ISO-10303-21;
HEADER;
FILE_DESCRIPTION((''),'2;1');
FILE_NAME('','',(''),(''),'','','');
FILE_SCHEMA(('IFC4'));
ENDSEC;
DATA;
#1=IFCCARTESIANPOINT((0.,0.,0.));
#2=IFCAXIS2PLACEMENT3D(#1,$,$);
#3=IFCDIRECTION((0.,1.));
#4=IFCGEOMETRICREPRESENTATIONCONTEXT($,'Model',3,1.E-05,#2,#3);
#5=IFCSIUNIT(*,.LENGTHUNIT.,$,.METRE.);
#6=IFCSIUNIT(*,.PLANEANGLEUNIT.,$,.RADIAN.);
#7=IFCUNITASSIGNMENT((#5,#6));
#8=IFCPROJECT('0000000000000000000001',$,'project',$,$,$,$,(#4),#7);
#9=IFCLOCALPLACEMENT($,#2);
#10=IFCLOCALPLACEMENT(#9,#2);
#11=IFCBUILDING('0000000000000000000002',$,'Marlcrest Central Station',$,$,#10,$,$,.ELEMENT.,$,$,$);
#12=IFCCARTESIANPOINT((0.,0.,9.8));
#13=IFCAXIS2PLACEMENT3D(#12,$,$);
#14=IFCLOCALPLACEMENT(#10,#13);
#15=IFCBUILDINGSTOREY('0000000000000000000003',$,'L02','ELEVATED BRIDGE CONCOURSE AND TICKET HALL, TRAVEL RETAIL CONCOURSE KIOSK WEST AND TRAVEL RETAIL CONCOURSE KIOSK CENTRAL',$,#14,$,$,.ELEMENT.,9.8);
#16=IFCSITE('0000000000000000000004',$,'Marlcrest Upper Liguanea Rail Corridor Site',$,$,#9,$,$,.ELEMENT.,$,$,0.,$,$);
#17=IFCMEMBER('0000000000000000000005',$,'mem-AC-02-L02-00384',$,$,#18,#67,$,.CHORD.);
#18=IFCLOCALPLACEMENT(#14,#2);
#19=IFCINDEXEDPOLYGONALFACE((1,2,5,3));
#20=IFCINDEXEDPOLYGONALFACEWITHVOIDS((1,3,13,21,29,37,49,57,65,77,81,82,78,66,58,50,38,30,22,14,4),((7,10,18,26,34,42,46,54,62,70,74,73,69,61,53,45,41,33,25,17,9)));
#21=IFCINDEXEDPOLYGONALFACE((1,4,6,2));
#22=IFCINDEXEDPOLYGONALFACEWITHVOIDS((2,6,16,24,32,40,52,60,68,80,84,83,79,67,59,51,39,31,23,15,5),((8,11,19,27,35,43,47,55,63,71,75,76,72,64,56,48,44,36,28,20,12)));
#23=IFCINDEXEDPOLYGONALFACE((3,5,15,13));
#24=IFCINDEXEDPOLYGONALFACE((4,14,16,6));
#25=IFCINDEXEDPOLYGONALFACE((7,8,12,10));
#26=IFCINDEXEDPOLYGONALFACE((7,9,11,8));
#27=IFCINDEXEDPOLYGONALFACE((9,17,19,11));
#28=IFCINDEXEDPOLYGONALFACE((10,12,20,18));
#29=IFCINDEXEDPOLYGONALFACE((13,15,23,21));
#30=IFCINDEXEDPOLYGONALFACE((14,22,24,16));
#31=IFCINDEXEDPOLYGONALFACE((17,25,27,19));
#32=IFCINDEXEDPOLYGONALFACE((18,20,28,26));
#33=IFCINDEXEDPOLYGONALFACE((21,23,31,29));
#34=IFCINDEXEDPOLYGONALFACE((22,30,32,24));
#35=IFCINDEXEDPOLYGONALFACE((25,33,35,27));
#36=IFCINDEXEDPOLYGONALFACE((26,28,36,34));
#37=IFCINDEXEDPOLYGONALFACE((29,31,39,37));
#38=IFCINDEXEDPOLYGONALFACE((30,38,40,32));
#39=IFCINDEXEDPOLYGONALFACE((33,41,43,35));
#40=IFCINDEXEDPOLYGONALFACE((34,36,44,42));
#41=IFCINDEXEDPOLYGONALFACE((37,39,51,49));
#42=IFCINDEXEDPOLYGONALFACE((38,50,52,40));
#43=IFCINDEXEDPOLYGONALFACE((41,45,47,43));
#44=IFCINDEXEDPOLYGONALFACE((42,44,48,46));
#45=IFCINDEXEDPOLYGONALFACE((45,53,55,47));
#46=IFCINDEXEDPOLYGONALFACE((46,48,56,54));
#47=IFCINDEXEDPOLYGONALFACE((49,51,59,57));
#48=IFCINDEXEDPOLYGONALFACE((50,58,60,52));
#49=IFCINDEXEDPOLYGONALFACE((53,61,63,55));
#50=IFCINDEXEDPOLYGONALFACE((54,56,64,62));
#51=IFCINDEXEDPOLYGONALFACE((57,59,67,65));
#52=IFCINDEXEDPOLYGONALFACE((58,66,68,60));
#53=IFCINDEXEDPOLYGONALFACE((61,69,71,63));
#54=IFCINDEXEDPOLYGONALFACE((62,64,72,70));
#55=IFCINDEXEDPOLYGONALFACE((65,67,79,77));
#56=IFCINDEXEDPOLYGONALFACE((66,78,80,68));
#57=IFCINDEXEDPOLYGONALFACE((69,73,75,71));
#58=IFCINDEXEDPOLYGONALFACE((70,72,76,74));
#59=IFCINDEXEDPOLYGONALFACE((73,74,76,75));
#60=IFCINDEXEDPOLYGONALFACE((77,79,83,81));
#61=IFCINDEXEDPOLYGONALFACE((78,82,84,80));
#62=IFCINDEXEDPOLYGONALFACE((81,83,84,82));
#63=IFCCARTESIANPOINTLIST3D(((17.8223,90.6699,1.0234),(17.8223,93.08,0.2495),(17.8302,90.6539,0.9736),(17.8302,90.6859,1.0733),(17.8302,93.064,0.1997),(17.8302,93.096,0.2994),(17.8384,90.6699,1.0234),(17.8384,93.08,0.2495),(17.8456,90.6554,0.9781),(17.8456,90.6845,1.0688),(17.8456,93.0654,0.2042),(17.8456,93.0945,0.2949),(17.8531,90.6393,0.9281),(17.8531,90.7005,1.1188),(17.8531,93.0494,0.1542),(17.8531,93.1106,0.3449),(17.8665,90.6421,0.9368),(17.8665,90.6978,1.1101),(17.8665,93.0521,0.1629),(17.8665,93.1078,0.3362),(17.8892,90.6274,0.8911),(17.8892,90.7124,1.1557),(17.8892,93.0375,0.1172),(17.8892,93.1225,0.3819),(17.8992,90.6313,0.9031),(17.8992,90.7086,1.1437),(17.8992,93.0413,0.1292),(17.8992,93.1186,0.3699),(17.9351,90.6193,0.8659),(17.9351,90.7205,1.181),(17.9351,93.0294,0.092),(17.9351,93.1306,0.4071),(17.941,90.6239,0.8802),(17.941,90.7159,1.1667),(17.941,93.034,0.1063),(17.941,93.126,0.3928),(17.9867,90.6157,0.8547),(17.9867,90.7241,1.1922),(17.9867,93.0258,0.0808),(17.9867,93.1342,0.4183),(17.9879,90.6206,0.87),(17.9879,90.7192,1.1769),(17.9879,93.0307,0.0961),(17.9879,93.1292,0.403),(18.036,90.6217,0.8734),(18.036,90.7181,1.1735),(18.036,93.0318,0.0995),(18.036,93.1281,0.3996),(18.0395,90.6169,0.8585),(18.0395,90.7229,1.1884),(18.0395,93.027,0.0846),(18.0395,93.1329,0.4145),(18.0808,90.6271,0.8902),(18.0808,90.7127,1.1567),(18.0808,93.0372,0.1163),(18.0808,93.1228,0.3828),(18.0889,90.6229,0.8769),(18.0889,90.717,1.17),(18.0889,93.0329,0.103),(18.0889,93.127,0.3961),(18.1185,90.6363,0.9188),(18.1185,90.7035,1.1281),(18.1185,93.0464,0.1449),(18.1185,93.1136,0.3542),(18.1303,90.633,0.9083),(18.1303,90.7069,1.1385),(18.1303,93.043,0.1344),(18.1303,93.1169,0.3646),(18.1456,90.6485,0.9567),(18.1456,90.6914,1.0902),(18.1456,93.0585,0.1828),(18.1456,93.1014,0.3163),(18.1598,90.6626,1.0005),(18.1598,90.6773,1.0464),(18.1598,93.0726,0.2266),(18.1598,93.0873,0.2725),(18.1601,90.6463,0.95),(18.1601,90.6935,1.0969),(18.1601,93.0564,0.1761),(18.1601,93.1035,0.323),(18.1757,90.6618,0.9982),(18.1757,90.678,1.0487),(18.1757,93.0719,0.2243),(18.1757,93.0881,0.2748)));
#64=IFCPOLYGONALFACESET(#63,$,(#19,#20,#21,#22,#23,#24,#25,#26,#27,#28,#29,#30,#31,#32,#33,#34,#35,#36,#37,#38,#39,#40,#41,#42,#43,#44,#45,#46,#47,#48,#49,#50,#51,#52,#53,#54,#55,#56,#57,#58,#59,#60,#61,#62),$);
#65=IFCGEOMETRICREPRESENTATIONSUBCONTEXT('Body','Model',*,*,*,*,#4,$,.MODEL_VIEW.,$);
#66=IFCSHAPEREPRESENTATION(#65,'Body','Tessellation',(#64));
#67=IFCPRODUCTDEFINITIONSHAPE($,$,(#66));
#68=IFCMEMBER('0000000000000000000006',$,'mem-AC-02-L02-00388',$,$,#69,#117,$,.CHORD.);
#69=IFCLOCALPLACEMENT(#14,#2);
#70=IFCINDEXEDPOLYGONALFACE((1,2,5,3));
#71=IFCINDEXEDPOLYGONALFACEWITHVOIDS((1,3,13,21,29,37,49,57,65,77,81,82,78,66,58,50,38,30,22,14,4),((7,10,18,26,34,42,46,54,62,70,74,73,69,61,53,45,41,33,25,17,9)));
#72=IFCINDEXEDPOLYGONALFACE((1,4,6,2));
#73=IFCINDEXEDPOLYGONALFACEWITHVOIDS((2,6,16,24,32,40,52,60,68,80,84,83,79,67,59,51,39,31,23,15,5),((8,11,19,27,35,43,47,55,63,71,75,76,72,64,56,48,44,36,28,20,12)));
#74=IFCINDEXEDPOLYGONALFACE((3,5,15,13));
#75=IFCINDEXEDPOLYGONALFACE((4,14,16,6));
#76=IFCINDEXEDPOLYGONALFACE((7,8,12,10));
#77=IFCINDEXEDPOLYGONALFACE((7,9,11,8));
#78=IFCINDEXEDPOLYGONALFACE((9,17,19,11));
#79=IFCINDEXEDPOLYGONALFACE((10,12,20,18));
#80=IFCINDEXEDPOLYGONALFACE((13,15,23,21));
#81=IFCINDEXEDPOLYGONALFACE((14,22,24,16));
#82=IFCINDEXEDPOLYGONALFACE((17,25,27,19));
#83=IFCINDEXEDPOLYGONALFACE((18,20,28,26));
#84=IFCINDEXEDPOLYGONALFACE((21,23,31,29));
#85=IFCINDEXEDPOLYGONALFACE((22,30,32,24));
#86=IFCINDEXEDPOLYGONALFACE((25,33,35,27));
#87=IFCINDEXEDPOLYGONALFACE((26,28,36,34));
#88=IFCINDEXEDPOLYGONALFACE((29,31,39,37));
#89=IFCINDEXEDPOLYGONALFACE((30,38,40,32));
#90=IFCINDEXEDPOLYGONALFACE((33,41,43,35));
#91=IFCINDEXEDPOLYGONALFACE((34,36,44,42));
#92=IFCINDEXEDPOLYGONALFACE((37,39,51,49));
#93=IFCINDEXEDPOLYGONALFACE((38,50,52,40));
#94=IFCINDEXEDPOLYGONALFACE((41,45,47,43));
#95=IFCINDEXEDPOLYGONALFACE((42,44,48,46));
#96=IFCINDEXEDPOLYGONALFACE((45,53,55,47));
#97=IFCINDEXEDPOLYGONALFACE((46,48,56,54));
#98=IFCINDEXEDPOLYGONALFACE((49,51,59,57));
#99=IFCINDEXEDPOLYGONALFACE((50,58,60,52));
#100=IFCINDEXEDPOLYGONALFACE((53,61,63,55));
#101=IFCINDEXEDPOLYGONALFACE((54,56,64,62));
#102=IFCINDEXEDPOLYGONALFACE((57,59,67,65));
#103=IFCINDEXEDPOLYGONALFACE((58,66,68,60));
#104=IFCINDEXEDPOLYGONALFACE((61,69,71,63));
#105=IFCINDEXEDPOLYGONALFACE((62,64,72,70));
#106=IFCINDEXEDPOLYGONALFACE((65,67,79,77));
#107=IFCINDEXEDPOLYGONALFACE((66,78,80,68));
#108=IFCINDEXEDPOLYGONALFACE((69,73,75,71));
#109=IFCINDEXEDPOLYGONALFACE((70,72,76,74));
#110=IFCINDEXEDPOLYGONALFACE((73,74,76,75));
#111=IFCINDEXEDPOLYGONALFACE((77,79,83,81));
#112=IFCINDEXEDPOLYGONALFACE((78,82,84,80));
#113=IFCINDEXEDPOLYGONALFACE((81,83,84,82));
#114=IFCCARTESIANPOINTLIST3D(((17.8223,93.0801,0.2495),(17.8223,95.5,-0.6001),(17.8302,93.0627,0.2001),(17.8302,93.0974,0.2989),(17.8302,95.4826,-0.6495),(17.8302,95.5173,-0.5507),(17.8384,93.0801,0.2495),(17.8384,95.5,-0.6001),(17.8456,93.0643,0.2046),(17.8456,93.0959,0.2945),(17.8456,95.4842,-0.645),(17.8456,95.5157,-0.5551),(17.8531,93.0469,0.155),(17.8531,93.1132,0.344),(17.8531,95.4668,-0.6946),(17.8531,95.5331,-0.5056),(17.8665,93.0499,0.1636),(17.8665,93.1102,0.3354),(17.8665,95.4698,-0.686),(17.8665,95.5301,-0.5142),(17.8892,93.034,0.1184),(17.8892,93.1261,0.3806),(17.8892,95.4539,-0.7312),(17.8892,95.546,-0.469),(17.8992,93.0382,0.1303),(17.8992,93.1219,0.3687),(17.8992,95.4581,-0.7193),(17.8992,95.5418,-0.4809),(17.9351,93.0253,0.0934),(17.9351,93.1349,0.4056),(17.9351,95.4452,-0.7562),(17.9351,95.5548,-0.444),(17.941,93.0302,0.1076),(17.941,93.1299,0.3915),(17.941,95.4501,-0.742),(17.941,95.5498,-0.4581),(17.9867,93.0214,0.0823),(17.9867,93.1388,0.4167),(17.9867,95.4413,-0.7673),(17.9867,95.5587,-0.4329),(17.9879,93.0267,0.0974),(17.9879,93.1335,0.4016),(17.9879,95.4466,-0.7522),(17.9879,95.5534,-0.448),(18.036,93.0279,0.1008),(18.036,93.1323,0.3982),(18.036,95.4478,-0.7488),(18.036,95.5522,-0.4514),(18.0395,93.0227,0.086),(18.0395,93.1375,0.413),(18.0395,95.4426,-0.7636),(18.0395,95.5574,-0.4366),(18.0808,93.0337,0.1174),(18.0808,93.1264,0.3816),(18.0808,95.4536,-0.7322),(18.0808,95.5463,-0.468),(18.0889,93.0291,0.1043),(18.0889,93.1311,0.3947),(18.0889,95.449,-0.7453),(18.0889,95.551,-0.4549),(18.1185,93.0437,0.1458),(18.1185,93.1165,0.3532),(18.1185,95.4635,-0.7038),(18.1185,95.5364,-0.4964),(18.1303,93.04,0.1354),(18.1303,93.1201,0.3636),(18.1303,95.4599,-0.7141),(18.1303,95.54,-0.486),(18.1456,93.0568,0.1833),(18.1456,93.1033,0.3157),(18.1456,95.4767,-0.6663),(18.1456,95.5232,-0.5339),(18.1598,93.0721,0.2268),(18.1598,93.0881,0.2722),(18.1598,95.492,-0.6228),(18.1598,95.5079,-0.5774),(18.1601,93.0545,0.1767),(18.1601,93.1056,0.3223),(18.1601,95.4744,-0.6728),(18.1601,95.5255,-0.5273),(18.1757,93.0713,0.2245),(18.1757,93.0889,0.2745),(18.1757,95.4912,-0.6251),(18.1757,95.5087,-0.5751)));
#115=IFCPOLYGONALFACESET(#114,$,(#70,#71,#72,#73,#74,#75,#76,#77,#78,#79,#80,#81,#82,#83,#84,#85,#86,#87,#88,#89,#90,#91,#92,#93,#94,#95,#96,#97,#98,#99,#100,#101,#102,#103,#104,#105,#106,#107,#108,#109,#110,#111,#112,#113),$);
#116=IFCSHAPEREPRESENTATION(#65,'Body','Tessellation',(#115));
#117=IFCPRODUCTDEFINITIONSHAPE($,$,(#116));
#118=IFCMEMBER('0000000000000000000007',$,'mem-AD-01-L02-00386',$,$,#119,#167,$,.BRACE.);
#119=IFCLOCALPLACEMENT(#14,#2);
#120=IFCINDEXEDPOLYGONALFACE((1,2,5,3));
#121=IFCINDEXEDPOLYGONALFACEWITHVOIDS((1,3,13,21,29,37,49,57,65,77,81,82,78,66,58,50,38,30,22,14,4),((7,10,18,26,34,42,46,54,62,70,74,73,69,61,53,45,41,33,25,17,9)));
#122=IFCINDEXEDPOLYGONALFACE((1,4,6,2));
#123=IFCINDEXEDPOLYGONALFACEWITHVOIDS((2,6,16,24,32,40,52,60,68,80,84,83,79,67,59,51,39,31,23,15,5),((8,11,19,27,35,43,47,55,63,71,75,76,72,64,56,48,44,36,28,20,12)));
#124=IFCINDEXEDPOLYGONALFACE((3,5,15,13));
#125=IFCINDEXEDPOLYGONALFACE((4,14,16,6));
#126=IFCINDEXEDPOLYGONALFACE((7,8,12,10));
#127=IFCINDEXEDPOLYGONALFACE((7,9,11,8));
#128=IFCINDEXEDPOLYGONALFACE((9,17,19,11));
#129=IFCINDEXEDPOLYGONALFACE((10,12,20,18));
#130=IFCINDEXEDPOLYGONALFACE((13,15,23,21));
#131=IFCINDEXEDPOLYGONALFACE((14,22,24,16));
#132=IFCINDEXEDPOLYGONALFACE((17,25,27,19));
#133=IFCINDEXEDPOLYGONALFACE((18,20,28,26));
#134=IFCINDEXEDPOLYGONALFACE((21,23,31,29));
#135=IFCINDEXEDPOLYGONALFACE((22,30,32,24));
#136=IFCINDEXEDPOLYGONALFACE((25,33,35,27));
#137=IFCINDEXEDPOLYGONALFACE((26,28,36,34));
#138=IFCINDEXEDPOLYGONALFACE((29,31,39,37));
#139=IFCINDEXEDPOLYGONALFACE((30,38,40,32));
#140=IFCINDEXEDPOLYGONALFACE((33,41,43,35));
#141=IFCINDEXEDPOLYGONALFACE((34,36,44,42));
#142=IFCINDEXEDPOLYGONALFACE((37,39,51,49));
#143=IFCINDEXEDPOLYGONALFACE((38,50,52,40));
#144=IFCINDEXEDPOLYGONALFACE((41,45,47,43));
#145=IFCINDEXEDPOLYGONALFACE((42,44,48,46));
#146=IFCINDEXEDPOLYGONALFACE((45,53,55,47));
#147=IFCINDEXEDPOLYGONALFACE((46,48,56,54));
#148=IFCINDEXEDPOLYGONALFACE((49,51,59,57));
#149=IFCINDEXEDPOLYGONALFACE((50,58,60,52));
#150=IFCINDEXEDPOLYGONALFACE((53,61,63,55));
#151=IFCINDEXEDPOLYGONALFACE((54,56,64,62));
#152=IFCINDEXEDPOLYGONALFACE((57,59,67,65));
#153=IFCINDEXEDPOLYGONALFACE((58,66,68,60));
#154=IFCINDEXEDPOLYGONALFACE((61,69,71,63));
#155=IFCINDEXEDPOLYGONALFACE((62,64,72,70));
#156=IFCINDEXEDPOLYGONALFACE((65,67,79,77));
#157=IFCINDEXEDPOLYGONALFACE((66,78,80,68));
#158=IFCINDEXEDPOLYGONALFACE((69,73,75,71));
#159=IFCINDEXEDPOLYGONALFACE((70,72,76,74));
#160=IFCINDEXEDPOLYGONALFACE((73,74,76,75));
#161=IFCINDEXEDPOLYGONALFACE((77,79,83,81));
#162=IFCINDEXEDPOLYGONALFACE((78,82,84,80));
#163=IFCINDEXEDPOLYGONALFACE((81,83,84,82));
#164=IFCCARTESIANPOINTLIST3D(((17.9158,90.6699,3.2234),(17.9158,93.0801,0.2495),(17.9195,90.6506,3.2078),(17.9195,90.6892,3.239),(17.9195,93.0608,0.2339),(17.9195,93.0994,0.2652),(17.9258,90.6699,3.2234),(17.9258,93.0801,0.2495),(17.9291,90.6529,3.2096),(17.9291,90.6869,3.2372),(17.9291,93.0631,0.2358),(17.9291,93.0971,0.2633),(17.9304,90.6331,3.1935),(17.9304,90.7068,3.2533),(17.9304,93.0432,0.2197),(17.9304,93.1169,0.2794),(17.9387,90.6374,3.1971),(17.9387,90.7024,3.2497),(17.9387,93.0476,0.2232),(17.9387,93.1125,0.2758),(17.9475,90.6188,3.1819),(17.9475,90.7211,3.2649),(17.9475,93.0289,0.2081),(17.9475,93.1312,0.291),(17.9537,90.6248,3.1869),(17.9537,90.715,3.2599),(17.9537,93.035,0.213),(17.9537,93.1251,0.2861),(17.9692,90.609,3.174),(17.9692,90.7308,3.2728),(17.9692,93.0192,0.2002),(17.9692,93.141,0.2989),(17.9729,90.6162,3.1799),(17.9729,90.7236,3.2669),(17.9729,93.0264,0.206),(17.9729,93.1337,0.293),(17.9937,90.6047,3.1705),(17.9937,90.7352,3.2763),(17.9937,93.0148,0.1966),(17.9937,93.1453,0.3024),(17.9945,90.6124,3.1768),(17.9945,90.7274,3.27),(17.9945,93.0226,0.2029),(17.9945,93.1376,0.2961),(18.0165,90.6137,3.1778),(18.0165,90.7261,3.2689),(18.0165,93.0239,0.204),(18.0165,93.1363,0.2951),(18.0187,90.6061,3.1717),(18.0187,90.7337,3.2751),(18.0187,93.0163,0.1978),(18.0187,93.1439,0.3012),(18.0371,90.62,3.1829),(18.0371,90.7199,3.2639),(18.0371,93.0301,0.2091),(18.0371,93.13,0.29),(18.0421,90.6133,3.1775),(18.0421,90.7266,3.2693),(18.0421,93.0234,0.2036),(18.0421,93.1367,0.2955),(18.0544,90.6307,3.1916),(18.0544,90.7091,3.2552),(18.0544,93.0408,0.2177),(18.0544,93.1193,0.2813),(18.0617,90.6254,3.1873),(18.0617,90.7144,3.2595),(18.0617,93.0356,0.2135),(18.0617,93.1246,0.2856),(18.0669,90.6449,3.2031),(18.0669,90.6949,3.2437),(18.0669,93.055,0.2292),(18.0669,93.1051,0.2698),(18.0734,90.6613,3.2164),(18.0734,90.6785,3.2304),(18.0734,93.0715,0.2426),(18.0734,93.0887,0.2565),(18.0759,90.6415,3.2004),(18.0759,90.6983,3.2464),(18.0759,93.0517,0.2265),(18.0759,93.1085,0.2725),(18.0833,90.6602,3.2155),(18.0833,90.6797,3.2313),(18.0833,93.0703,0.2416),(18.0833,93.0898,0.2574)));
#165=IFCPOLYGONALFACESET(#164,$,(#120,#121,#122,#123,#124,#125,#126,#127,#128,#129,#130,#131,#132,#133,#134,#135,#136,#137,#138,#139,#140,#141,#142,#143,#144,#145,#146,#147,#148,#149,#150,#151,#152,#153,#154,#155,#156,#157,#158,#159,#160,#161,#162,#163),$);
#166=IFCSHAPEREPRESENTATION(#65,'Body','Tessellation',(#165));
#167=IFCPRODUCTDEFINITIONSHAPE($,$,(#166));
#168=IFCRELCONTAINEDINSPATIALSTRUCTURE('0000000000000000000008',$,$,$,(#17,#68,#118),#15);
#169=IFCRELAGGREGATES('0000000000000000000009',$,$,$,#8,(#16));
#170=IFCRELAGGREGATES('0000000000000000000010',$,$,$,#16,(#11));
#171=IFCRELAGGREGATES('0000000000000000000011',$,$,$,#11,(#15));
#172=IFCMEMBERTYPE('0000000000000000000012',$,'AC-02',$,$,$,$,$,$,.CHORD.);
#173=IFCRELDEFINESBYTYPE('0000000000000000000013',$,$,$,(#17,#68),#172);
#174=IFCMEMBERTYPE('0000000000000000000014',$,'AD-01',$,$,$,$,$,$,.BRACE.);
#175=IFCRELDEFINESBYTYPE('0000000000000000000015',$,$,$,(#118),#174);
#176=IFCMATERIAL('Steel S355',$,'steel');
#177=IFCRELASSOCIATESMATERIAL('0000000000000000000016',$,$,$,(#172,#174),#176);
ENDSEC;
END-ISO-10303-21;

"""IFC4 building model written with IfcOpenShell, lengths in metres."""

from ifc_helpers import new_model, si_unit, direction, frame, origin, origin_2d, place, context, subcontext, project, spatial, hollow_circle, extrude, material, material_profile, profile_set, type_object, element, save


model = new_model("IFC4")

# Units and contexts
model_context = context("Model", 3, precision=1e-05, world=origin(), true_north=direction((0.0, 1.0)))
body_context = subcontext(model_context, "Body", "Model", "MODEL_VIEW")
ifc_project = project(units=[si_unit("LENGTHUNIT", "METRE"), si_unit("PLANEANGLEUNIT", "RADIAN")], contexts=[model_context])

# Site, building, storey
site_placement = place(None, origin())
site = spatial("IfcSite", under=ifc_project, at=site_placement, Name="Marlcrest Upper Liguanea Rail Corridor Site", CompositionType="ELEMENT", RefElevation=0.0)
building_placement = place(site_placement, origin())
building = spatial("IfcBuilding", under=site, at=building_placement, Name="Marlcrest Central Station", CompositionType="ELEMENT")
storey_placement = place(building_placement, frame((0.0, 0.0, 9.8)))
storey = spatial("IfcBuildingStorey", under=building, at=storey_placement, Name="L02", Description="ELEVATED BRIDGE CONCOURSE AND TICKET HALL, TRAVEL RETAIL CONCOURSE KIOSK WEST AND TRAVEL RETAIL CONCOURSE KIOSK CENTRAL", CompositionType="ELEMENT", Elevation=9.8)

# Members
ifc_material_1 = material(Name="Steel S355", Category="steel")
ifc_material_profile_1 = material_profile(ifc_material_1, hollow_circle(Radius=0.1777, WallThickness=0.0161, at=origin_2d()), Name="CHS 355.6x16")
ifc_profile_set_1 = profile_set([ifc_material_profile_1], Name="Steel S355")
member_type_1 = type_object("IfcMemberType", Name="AC-02", PredefinedType="CHORD", material=ifc_profile_set_1)
member_1_placement = place(storey_placement, frame((18.0, 90.6699, 1.0234), z_axis=(0.0, 0.952117, -0.305734), x_axis=(-1.0, 0.0, 0.0)))
element("IfcMember", 1, at=member_1_placement, inside=storey, type_object=member_type_1, Name="mem-AC-02-L02-00384", PredefinedType="CHORD", context=body_context, shape_type="SweptSolid", body=[
    extrude(hollow_circle(Radius=0.1777, WallThickness=0.0161, at=origin_2d()), origin(), (0.0, 0.0, 1.0), 2.5312),
])
member_2_placement = place(storey_placement, frame((18.0, 93.0801, 0.2495), z_axis=(0.0, 0.943537, -0.331266), x_axis=(-1.0, 0.0, 0.0)))
element("IfcMember", 2, at=member_2_placement, inside=storey, type_object=member_type_1, Name="mem-AC-02-L02-00388", PredefinedType="CHORD", context=body_context, shape_type="SweptSolid", body=[
    extrude(hollow_circle(Radius=0.1777, WallThickness=0.0161, at=origin_2d()), origin(), (0.0, 0.0, 1.0), 2.5647),
])
ifc_material_profile_2 = material_profile(ifc_material_1, hollow_circle(Radius=0.0842, WallThickness=0.01, at=origin_2d()), Name="CHS 168.3x10")
ifc_profile_set_2 = profile_set([ifc_material_profile_2], Name="Steel S355")
member_type_2 = type_object("IfcMemberType", Name="AD-01", PredefinedType="BRACE", material=ifc_profile_set_2)
member_3_placement = place(storey_placement, frame((18.0, 90.6699, 3.2234), z_axis=(0.0, 0.629629, -0.776896), x_axis=(-1.0, 0.0, 0.0)))
element("IfcMember", 3, at=member_3_placement, inside=storey, type_object=member_type_2, Name="mem-AD-01-L02-00386", PredefinedType="BRACE", context=body_context, shape_type="SweptSolid", body=[
    extrude(hollow_circle(Radius=0.0842, WallThickness=0.01, at=origin_2d()), origin(), (0.0, 0.0, 1.0), 3.8279),
])

save(model, "model.ifc")
